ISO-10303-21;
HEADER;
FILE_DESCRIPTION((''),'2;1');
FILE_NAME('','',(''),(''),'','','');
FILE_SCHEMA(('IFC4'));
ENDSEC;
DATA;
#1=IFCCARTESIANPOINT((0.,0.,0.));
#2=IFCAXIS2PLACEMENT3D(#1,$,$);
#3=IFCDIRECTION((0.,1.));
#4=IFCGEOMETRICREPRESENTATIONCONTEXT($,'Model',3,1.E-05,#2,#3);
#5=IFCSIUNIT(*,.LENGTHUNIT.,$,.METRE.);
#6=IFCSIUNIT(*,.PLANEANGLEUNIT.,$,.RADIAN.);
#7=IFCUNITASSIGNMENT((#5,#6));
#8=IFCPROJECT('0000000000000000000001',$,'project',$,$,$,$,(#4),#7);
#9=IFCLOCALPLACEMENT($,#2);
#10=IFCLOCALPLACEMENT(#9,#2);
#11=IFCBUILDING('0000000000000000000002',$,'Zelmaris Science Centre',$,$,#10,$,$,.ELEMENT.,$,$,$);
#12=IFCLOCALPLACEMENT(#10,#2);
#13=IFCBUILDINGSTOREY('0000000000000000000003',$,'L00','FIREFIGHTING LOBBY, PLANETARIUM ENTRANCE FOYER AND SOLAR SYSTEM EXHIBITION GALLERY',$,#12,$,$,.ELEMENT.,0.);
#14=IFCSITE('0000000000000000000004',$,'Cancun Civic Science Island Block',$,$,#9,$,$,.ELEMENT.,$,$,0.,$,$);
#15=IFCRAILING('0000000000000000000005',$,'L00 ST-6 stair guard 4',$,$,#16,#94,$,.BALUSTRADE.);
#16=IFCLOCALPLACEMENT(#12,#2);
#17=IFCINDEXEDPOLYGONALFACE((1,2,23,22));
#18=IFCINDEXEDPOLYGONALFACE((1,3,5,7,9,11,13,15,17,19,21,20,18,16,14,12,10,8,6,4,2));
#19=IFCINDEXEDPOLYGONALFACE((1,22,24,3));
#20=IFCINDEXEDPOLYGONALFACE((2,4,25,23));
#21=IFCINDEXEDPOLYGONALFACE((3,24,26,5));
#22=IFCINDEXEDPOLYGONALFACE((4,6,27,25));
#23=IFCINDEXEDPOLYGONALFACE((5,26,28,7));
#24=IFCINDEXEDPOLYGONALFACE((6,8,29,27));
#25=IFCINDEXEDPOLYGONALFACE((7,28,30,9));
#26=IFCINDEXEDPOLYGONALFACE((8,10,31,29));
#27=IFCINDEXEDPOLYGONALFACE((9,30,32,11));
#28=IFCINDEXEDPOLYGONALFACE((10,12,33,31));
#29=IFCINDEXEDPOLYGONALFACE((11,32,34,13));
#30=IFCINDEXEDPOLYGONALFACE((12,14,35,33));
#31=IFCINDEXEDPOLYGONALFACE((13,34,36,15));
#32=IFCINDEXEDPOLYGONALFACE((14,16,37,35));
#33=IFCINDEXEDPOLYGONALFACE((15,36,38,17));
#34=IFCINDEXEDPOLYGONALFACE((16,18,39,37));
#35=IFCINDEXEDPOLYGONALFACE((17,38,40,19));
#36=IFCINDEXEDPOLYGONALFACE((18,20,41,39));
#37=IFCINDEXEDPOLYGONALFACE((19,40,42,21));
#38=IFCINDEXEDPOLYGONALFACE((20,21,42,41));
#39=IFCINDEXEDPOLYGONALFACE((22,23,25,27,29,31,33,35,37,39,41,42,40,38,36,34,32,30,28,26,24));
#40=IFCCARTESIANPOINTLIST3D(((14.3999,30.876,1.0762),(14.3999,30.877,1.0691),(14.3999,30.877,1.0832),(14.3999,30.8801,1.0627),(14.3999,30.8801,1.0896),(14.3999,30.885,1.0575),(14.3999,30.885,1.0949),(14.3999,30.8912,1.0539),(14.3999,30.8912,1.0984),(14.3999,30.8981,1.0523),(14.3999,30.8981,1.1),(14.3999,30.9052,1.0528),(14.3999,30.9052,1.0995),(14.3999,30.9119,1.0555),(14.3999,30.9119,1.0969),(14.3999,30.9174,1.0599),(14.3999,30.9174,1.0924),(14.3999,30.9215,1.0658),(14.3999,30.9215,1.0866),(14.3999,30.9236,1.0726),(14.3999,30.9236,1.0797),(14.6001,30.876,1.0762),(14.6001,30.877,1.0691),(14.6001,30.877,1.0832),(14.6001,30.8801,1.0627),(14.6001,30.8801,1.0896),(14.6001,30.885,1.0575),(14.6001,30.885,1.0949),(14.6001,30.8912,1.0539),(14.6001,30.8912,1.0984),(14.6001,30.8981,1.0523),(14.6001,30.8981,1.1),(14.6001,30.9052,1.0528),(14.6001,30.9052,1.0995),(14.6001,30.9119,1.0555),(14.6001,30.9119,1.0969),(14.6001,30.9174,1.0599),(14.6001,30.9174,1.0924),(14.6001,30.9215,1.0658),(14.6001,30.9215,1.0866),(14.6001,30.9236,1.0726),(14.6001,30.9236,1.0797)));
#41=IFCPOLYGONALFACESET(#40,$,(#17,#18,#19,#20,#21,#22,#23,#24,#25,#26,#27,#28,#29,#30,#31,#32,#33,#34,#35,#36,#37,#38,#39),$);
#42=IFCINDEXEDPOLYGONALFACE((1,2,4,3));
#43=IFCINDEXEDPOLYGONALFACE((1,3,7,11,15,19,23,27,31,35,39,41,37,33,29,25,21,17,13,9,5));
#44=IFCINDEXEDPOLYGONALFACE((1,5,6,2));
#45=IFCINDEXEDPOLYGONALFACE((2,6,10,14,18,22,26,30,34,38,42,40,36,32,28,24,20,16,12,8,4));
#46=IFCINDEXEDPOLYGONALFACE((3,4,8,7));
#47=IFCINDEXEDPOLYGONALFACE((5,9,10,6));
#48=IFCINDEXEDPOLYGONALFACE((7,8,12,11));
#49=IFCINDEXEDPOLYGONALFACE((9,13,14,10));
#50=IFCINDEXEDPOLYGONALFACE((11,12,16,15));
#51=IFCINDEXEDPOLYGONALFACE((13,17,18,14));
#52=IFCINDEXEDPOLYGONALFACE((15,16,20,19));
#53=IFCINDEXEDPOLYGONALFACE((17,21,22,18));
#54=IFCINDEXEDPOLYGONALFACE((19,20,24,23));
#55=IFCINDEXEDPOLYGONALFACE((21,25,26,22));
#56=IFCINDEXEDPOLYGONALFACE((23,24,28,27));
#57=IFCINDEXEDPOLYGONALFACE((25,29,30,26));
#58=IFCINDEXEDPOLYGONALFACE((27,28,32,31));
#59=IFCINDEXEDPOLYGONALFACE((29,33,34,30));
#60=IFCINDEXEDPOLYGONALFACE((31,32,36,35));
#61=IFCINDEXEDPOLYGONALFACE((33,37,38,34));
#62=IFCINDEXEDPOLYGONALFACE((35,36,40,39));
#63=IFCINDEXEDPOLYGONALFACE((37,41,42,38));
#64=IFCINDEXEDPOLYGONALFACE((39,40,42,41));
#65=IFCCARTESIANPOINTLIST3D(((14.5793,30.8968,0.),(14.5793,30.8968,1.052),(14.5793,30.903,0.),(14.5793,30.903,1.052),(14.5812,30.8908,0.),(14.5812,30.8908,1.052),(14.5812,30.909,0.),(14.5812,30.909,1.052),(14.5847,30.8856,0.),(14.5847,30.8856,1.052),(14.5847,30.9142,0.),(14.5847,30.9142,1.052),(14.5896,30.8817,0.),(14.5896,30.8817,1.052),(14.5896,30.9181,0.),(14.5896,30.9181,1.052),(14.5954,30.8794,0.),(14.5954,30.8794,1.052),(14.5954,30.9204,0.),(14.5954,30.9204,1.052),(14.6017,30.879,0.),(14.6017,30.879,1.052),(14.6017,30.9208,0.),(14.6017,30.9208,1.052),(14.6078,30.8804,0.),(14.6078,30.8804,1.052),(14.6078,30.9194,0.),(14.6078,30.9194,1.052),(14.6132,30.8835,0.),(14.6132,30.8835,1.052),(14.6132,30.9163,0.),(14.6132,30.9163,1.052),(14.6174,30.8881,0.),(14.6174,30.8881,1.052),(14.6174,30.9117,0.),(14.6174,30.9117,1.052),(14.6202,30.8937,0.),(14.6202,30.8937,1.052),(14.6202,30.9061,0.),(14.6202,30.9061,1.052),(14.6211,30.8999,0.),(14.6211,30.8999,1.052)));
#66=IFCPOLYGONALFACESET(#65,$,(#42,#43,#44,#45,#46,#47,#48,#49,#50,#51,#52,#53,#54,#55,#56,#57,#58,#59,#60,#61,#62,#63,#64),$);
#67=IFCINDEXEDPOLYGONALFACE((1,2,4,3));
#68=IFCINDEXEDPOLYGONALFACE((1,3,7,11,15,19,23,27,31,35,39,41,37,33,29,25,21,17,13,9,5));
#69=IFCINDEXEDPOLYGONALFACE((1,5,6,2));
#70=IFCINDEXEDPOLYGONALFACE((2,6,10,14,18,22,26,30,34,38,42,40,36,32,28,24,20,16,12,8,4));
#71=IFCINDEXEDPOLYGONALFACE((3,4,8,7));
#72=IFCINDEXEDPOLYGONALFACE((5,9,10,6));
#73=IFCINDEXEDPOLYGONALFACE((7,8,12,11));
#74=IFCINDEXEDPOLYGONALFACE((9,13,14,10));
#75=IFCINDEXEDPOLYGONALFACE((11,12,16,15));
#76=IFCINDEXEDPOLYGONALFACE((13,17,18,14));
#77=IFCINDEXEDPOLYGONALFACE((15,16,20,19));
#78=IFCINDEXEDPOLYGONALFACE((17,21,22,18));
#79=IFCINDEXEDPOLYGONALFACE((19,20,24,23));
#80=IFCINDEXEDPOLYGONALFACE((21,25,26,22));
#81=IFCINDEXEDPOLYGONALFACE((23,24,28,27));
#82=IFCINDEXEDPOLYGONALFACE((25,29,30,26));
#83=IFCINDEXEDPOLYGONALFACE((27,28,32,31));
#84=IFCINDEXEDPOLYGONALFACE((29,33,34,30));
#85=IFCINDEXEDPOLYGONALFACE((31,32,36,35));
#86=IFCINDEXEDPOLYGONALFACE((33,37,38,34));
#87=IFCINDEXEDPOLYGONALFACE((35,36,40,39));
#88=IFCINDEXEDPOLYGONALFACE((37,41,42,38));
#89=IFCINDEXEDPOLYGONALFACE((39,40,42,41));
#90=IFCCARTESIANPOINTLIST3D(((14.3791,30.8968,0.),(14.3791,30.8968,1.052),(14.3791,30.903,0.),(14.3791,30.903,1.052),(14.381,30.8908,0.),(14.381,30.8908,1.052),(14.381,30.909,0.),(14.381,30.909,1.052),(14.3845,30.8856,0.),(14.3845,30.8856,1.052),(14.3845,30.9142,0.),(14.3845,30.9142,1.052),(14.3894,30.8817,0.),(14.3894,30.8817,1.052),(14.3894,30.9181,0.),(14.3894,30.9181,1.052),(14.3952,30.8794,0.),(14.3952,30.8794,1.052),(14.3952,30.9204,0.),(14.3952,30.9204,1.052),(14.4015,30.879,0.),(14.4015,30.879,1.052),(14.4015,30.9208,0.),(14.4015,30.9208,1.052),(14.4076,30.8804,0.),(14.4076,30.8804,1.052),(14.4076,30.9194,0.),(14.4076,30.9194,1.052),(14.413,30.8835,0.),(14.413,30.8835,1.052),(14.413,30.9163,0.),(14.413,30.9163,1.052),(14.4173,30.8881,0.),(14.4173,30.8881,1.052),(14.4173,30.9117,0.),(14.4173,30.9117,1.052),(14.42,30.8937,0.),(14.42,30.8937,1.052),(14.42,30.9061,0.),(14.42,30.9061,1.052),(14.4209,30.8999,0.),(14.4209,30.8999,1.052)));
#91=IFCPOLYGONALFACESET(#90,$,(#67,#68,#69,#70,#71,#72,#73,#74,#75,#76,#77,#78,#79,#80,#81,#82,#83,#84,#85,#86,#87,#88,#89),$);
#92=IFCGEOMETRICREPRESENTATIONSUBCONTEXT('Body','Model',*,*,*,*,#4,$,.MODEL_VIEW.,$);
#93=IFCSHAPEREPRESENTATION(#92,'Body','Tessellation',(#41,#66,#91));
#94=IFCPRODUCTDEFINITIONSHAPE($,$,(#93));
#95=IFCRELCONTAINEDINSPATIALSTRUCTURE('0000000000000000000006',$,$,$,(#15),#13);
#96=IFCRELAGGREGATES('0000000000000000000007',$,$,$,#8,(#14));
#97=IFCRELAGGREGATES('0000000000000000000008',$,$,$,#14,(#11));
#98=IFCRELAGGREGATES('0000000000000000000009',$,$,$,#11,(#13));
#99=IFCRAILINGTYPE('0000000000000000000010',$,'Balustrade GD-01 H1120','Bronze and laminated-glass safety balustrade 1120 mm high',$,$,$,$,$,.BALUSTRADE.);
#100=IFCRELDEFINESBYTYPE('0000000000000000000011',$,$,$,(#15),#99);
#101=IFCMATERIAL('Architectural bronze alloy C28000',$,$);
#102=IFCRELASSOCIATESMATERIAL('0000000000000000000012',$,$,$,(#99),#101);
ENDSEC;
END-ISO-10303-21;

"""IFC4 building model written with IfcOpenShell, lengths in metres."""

from ifc_helpers import new_model, si_unit, direction, frame, origin, origin_2d, place, context, subcontext, project, spatial, circle, extrude, material, type_object, element, save


model = new_model("IFC4")

# Units and contexts
model_context = context("Model", 3, precision=1e-05, world=origin(), true_north=direction((0.0, 1.0)))
body_context = subcontext(model_context, "Body", "Model", "MODEL_VIEW")
ifc_project = project(units=[si_unit("LENGTHUNIT", "METRE"), si_unit("PLANEANGLEUNIT", "RADIAN")], contexts=[model_context])

# Site, building, storey
site_placement = place(None, origin())
site = spatial("IfcSite", under=ifc_project, at=site_placement, Name="Cancun Civic Science Island Block", CompositionType="ELEMENT", RefElevation=0.0)
building_placement = place(site_placement, origin())
building = spatial("IfcBuilding", under=site, at=building_placement, Name="Zelmaris Science Centre", CompositionType="ELEMENT")
storey_placement = place(building_placement, origin())
storey = spatial("IfcBuildingStorey", under=building, at=storey_placement, Name="L00", Description="FIREFIGHTING LOBBY, PLANETARIUM ENTRANCE FOYER AND SOLAR SYSTEM EXHIBITION GALLERY", CompositionType="ELEMENT", Elevation=0.0)

# Railing
ifc_material_1 = material(Name="Architectural bronze alloy C28000")
railing_type_1 = type_object("IfcRailingType", Name="Balustrade GD-01 H1120", Description="Bronze and laminated-glass safety balustrade 1120 mm high", PredefinedType="BALUSTRADE", material=ifc_material_1)
railing_1_placement = place(storey_placement, frame((14.6001, 30.8999, 0.0)))
element("IfcRailing", 1, at=railing_1_placement, inside=storey, type_object=railing_type_1, Name="L00 ST-6 stair guard 4", PredefinedType="BALUSTRADE", context=body_context, shape_type="SweptSolid", body=[
    extrude(circle(Radius=0.0239, at=origin_2d()), frame((0.0, 0.0, 1.0762), z_axis=(-1.0, 0.0, 0.0), x_axis=(0.0, -1.0, 0.0)), (0.0, 0.0, 1.0), 0.2002),
    extrude(circle(Radius=0.021, at=origin_2d()), origin(), (0.0, 0.0, 1.0), 1.052),
    extrude(circle(Radius=0.021, at=origin_2d()), frame((-0.2002, 0.0, 0.0)), (0.0, 0.0, 1.0), 1.052),
])

save(model, "model.ifc")
